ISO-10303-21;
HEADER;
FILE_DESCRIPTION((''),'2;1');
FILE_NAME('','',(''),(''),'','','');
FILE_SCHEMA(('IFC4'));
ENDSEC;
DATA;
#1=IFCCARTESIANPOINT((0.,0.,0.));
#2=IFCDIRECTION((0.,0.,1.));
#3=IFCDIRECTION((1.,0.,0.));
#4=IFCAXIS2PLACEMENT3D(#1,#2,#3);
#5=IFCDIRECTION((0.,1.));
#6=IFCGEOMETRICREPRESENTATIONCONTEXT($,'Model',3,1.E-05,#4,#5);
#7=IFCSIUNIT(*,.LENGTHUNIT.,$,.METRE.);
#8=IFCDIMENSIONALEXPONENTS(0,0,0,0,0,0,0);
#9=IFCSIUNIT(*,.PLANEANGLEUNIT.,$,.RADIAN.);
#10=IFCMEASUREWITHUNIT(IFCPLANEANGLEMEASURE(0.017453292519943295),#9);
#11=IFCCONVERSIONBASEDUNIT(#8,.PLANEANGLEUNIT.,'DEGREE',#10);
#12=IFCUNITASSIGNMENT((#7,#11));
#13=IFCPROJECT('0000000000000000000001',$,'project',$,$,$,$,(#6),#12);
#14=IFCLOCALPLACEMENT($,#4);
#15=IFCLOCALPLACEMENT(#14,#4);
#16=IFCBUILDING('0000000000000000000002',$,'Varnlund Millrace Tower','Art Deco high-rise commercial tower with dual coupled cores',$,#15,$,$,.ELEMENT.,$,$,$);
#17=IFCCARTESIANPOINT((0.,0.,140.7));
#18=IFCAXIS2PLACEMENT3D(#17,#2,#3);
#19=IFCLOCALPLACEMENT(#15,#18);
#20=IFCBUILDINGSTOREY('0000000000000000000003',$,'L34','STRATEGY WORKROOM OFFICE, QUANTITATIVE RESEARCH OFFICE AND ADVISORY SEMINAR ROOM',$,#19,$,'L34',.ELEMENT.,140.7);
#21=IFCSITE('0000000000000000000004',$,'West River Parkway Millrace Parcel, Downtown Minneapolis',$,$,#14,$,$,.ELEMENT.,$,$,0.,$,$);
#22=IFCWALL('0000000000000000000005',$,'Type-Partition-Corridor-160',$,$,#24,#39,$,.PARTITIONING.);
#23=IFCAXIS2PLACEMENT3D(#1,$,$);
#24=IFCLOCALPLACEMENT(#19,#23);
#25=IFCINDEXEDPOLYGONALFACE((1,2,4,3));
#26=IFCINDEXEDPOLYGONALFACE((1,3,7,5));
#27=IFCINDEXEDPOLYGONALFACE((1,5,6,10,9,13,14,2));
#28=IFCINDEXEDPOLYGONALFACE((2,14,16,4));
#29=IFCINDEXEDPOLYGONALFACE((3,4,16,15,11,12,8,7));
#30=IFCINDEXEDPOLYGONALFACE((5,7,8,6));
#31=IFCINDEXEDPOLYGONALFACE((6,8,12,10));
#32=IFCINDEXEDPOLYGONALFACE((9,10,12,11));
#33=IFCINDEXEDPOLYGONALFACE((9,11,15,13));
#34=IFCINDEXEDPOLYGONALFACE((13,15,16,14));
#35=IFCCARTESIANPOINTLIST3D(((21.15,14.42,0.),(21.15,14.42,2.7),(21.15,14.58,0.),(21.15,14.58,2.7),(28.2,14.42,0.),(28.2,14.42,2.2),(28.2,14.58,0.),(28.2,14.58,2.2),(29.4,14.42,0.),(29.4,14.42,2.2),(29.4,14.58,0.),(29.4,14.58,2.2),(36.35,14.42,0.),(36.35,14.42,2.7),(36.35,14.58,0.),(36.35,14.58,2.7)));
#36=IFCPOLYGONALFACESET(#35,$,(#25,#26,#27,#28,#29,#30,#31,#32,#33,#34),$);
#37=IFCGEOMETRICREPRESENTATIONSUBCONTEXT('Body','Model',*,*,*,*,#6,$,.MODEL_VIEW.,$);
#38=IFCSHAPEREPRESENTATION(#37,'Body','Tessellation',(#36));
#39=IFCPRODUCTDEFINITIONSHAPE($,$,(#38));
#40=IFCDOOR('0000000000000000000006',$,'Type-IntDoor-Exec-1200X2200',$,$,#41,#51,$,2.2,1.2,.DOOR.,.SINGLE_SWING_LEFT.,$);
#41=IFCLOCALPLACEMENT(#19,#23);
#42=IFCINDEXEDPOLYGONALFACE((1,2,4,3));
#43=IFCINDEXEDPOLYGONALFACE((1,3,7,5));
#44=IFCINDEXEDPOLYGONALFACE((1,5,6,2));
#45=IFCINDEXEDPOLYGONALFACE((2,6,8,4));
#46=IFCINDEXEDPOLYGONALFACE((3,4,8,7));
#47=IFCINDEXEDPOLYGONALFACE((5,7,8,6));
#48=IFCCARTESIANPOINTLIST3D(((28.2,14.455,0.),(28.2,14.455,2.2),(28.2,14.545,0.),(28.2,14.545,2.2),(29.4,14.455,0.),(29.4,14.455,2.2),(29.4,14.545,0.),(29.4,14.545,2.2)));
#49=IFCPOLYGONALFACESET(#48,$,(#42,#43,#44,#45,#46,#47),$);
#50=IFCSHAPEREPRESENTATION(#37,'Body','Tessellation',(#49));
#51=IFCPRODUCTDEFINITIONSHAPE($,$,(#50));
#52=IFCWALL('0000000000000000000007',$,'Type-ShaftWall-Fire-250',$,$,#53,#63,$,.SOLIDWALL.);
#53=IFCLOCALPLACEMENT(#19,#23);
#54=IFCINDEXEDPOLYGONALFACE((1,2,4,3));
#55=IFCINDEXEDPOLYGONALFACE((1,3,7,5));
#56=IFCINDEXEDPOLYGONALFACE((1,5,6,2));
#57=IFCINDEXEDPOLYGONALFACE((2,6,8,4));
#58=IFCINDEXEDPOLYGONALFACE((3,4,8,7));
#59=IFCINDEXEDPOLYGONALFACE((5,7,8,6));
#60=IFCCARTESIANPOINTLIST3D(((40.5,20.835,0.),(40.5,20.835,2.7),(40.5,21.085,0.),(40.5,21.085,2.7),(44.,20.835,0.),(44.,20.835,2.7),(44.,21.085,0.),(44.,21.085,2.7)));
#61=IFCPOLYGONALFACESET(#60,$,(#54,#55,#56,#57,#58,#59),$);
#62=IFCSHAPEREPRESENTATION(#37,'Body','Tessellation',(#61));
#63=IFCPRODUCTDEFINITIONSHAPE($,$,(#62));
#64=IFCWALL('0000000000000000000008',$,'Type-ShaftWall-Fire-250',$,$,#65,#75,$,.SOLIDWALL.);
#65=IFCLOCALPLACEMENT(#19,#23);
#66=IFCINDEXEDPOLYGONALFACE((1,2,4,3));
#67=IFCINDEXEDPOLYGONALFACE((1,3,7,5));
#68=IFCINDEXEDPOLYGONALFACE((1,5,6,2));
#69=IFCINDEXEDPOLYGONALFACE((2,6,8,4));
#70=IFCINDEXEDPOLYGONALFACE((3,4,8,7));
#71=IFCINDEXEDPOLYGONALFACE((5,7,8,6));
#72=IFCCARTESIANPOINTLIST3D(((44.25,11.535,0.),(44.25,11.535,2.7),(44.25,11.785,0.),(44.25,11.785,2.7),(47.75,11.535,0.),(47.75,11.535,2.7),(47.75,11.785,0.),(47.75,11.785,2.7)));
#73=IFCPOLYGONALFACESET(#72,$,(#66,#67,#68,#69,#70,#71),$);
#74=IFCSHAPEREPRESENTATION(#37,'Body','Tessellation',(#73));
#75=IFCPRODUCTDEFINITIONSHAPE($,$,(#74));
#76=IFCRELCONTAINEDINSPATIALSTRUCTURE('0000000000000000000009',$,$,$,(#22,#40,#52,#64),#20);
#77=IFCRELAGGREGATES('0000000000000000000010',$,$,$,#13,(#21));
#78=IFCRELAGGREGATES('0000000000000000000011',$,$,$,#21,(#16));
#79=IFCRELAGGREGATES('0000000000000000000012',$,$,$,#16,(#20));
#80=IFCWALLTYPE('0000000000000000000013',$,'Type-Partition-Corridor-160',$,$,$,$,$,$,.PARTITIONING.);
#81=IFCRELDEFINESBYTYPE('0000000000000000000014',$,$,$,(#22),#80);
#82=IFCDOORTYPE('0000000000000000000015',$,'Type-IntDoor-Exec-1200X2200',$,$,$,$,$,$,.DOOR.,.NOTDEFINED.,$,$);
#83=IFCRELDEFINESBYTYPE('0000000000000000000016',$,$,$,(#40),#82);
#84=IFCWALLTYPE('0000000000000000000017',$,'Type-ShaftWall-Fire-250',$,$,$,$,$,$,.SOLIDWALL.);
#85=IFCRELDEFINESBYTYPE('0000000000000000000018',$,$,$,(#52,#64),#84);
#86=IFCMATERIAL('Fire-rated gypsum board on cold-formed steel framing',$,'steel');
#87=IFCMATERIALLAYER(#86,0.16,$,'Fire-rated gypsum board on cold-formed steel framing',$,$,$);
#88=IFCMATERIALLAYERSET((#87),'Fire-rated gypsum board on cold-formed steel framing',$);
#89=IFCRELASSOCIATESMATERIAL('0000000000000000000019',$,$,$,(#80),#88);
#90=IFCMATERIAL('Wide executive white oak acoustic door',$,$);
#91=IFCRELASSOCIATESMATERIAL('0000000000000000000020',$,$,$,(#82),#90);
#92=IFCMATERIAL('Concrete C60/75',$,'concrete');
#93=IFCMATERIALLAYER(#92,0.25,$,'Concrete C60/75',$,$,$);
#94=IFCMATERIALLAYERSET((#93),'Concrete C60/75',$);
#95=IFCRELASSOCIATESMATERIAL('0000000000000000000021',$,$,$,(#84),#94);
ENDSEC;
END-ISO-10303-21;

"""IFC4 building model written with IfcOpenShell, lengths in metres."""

from ifc_helpers import new_model, entity, si_unit, converted_unit, direction, frame, origin_with_axes, origin_2d_with_axis, place, context, subcontext, project, spatial, polyline, rectangle, outline, extrude, material, layer, layer_set, type_object, element, fill, save


model = new_model("IFC4")

# Units and contexts
model_context = context("Model", 3, precision=1e-05, world=origin_with_axes(), true_north=direction((0.0, 1.0)))
body_context = subcontext(model_context, "Body", "Model", "MODEL_VIEW")
ifc_project = project(units=[si_unit("LENGTHUNIT", "METRE"), converted_unit("PLANEANGLEUNIT", "DEGREE", entity("IfcPlaneAngleMeasure", 0.017453292519943295), si_unit("PLANEANGLEUNIT", "RADIAN"), dimensions=[0, 0, 0, 0, 0, 0, 0])], contexts=[model_context])

# Site, building, storey
site_placement = place(None, origin_with_axes())
site = spatial("IfcSite", under=ifc_project, at=site_placement, Name="West River Parkway Millrace Parcel, Downtown Minneapolis", CompositionType="ELEMENT", RefElevation=0.0)
building_placement = place(site_placement, origin_with_axes())
building = spatial("IfcBuilding", under=site, at=building_placement, Name="Varnlund Millrace Tower", Description="Art Deco high-rise commercial tower with dual coupled cores", CompositionType="ELEMENT")
storey_placement = place(building_placement, frame((0.0, 0.0, 140.7), z_axis=(0.0, 0.0, 1.0), x_axis=(1.0, 0.0, 0.0)))
storey = spatial("IfcBuildingStorey", under=building, at=storey_placement, Name="L34", Description="STRATEGY WORKROOM OFFICE, QUANTITATIVE RESEARCH OFFICE AND ADVISORY SEMINAR ROOM", LongName="L34", CompositionType="ELEMENT", Elevation=140.7)

# Shared definitions
ifc_material_1 = material(Name="Fire-rated gypsum board on cold-formed steel framing", Category="steel")
ifc_layer_1 = layer(ifc_material_1, 0.16, Name="Fire-rated gypsum board on cold-formed steel framing")
ifc_layer_set_1 = layer_set([ifc_layer_1], Name="Fire-rated gypsum board on cold-formed steel framing")
wall_type_1 = type_object("IfcWallType", Name="Type-Partition-Corridor-160", PredefinedType="PARTITIONING", material=ifc_layer_set_1)

# Wall, opening, door
wall_1_placement = place(storey_placement, frame((21.15, 14.5, 0.0), z_axis=(0.0, 0.0, 1.0), x_axis=(1.0, 0.0, 0.0)))
wall_1 = element("IfcWall", 1, at=wall_1_placement, inside=storey, type_object=wall_type_1, Name="Type-Partition-Corridor-160", PredefinedType="PARTITIONING", context=body_context, shape_type="SweptSolid", body=[
    extrude(outline(polyline([(0.0, -0.08), (15.2, -0.08), (15.2, 0.08), (0.0, 0.08), (0.0, -0.08)])), origin_with_axes(), (0.0, 0.0, 1.0), 2.7),
])
opening_1_placement = place(wall_1_placement, frame((7.65, 0.0, 0.0), z_axis=(0.0, 0.0, 1.0), x_axis=(1.0, 0.0, 0.0)))
opening_1 = element("IfcOpeningElement", 2, at=opening_1_placement, cuts=wall_1, PredefinedType="OPENING", context=body_context, shape_type="SweptSolid", body=[
    extrude(rectangle(XDim=1.2, YDim=0.18, at=origin_2d_with_axis()), origin_with_axes(), (0.0, 0.0, 1.0), 2.2),
])
ifc_material_2 = material(Name="Wide executive white oak acoustic door")
door_type_1 = type_object("IfcDoorType", Name="Type-IntDoor-Exec-1200X2200", OperationType="NOTDEFINED", PredefinedType="DOOR", material=ifc_material_2)
door_1_placement = place(wall_1_placement, frame((7.65, 0.0, 0.0), z_axis=(0.0, 0.0, 1.0), x_axis=(1.0, 0.0, 0.0)))
door_1 = element("IfcDoor", 3, at=door_1_placement, inside=storey, type_object=door_type_1, Name="Type-IntDoor-Exec-1200X2200", OperationType="SINGLE_SWING_LEFT", OverallHeight=2.2, OverallWidth=1.2, PredefinedType="DOOR", context=body_context, shape_type="SweptSolid", body=[
    extrude(rectangle(XDim=1.2, YDim=0.09, at=origin_2d_with_axis()), origin_with_axes(), (0.0, 0.0, 1.0), 2.2),
])
fill(opening_1, door_1)

# Walls
ifc_material_3 = material(Name="Concrete C60/75", Category="concrete")
ifc_layer_2 = layer(ifc_material_3, 0.25, Name="Concrete C60/75")
ifc_layer_set_2 = layer_set([ifc_layer_2], Name="Concrete C60/75")
wall_type_2 = type_object("IfcWallType", Name="Type-ShaftWall-Fire-250", PredefinedType="SOLIDWALL", material=ifc_layer_set_2)
for number, where, z_axis, x_axis, name in (
    (4, (40.5, 20.96, 0.0), (0.0, 0.0, 1.0), (1.0, 0.0, 0.0), "Type-ShaftWall-Fire-250"),
    (5, (44.25, 11.66, 0.0), (0.0, 0.0, 1.0), (1.0, 0.0, 0.0), "Type-ShaftWall-Fire-250"),
):
    element("IfcWall", number, at=place(storey_placement, frame(where, z_axis=z_axis, x_axis=x_axis)), inside=storey, type_object=wall_type_2, Name=name, PredefinedType="SOLIDWALL", context=body_context, shape_type="SweptSolid", body=[
        extrude(outline(polyline([(0.0, -0.125), (3.5, -0.125), (3.5, 0.125), (0.0, 0.125), (0.0, -0.125)])), origin_with_axes(), (0.0, 0.0, 1.0), 2.7),
    ])

save(model, "model.ifc")
